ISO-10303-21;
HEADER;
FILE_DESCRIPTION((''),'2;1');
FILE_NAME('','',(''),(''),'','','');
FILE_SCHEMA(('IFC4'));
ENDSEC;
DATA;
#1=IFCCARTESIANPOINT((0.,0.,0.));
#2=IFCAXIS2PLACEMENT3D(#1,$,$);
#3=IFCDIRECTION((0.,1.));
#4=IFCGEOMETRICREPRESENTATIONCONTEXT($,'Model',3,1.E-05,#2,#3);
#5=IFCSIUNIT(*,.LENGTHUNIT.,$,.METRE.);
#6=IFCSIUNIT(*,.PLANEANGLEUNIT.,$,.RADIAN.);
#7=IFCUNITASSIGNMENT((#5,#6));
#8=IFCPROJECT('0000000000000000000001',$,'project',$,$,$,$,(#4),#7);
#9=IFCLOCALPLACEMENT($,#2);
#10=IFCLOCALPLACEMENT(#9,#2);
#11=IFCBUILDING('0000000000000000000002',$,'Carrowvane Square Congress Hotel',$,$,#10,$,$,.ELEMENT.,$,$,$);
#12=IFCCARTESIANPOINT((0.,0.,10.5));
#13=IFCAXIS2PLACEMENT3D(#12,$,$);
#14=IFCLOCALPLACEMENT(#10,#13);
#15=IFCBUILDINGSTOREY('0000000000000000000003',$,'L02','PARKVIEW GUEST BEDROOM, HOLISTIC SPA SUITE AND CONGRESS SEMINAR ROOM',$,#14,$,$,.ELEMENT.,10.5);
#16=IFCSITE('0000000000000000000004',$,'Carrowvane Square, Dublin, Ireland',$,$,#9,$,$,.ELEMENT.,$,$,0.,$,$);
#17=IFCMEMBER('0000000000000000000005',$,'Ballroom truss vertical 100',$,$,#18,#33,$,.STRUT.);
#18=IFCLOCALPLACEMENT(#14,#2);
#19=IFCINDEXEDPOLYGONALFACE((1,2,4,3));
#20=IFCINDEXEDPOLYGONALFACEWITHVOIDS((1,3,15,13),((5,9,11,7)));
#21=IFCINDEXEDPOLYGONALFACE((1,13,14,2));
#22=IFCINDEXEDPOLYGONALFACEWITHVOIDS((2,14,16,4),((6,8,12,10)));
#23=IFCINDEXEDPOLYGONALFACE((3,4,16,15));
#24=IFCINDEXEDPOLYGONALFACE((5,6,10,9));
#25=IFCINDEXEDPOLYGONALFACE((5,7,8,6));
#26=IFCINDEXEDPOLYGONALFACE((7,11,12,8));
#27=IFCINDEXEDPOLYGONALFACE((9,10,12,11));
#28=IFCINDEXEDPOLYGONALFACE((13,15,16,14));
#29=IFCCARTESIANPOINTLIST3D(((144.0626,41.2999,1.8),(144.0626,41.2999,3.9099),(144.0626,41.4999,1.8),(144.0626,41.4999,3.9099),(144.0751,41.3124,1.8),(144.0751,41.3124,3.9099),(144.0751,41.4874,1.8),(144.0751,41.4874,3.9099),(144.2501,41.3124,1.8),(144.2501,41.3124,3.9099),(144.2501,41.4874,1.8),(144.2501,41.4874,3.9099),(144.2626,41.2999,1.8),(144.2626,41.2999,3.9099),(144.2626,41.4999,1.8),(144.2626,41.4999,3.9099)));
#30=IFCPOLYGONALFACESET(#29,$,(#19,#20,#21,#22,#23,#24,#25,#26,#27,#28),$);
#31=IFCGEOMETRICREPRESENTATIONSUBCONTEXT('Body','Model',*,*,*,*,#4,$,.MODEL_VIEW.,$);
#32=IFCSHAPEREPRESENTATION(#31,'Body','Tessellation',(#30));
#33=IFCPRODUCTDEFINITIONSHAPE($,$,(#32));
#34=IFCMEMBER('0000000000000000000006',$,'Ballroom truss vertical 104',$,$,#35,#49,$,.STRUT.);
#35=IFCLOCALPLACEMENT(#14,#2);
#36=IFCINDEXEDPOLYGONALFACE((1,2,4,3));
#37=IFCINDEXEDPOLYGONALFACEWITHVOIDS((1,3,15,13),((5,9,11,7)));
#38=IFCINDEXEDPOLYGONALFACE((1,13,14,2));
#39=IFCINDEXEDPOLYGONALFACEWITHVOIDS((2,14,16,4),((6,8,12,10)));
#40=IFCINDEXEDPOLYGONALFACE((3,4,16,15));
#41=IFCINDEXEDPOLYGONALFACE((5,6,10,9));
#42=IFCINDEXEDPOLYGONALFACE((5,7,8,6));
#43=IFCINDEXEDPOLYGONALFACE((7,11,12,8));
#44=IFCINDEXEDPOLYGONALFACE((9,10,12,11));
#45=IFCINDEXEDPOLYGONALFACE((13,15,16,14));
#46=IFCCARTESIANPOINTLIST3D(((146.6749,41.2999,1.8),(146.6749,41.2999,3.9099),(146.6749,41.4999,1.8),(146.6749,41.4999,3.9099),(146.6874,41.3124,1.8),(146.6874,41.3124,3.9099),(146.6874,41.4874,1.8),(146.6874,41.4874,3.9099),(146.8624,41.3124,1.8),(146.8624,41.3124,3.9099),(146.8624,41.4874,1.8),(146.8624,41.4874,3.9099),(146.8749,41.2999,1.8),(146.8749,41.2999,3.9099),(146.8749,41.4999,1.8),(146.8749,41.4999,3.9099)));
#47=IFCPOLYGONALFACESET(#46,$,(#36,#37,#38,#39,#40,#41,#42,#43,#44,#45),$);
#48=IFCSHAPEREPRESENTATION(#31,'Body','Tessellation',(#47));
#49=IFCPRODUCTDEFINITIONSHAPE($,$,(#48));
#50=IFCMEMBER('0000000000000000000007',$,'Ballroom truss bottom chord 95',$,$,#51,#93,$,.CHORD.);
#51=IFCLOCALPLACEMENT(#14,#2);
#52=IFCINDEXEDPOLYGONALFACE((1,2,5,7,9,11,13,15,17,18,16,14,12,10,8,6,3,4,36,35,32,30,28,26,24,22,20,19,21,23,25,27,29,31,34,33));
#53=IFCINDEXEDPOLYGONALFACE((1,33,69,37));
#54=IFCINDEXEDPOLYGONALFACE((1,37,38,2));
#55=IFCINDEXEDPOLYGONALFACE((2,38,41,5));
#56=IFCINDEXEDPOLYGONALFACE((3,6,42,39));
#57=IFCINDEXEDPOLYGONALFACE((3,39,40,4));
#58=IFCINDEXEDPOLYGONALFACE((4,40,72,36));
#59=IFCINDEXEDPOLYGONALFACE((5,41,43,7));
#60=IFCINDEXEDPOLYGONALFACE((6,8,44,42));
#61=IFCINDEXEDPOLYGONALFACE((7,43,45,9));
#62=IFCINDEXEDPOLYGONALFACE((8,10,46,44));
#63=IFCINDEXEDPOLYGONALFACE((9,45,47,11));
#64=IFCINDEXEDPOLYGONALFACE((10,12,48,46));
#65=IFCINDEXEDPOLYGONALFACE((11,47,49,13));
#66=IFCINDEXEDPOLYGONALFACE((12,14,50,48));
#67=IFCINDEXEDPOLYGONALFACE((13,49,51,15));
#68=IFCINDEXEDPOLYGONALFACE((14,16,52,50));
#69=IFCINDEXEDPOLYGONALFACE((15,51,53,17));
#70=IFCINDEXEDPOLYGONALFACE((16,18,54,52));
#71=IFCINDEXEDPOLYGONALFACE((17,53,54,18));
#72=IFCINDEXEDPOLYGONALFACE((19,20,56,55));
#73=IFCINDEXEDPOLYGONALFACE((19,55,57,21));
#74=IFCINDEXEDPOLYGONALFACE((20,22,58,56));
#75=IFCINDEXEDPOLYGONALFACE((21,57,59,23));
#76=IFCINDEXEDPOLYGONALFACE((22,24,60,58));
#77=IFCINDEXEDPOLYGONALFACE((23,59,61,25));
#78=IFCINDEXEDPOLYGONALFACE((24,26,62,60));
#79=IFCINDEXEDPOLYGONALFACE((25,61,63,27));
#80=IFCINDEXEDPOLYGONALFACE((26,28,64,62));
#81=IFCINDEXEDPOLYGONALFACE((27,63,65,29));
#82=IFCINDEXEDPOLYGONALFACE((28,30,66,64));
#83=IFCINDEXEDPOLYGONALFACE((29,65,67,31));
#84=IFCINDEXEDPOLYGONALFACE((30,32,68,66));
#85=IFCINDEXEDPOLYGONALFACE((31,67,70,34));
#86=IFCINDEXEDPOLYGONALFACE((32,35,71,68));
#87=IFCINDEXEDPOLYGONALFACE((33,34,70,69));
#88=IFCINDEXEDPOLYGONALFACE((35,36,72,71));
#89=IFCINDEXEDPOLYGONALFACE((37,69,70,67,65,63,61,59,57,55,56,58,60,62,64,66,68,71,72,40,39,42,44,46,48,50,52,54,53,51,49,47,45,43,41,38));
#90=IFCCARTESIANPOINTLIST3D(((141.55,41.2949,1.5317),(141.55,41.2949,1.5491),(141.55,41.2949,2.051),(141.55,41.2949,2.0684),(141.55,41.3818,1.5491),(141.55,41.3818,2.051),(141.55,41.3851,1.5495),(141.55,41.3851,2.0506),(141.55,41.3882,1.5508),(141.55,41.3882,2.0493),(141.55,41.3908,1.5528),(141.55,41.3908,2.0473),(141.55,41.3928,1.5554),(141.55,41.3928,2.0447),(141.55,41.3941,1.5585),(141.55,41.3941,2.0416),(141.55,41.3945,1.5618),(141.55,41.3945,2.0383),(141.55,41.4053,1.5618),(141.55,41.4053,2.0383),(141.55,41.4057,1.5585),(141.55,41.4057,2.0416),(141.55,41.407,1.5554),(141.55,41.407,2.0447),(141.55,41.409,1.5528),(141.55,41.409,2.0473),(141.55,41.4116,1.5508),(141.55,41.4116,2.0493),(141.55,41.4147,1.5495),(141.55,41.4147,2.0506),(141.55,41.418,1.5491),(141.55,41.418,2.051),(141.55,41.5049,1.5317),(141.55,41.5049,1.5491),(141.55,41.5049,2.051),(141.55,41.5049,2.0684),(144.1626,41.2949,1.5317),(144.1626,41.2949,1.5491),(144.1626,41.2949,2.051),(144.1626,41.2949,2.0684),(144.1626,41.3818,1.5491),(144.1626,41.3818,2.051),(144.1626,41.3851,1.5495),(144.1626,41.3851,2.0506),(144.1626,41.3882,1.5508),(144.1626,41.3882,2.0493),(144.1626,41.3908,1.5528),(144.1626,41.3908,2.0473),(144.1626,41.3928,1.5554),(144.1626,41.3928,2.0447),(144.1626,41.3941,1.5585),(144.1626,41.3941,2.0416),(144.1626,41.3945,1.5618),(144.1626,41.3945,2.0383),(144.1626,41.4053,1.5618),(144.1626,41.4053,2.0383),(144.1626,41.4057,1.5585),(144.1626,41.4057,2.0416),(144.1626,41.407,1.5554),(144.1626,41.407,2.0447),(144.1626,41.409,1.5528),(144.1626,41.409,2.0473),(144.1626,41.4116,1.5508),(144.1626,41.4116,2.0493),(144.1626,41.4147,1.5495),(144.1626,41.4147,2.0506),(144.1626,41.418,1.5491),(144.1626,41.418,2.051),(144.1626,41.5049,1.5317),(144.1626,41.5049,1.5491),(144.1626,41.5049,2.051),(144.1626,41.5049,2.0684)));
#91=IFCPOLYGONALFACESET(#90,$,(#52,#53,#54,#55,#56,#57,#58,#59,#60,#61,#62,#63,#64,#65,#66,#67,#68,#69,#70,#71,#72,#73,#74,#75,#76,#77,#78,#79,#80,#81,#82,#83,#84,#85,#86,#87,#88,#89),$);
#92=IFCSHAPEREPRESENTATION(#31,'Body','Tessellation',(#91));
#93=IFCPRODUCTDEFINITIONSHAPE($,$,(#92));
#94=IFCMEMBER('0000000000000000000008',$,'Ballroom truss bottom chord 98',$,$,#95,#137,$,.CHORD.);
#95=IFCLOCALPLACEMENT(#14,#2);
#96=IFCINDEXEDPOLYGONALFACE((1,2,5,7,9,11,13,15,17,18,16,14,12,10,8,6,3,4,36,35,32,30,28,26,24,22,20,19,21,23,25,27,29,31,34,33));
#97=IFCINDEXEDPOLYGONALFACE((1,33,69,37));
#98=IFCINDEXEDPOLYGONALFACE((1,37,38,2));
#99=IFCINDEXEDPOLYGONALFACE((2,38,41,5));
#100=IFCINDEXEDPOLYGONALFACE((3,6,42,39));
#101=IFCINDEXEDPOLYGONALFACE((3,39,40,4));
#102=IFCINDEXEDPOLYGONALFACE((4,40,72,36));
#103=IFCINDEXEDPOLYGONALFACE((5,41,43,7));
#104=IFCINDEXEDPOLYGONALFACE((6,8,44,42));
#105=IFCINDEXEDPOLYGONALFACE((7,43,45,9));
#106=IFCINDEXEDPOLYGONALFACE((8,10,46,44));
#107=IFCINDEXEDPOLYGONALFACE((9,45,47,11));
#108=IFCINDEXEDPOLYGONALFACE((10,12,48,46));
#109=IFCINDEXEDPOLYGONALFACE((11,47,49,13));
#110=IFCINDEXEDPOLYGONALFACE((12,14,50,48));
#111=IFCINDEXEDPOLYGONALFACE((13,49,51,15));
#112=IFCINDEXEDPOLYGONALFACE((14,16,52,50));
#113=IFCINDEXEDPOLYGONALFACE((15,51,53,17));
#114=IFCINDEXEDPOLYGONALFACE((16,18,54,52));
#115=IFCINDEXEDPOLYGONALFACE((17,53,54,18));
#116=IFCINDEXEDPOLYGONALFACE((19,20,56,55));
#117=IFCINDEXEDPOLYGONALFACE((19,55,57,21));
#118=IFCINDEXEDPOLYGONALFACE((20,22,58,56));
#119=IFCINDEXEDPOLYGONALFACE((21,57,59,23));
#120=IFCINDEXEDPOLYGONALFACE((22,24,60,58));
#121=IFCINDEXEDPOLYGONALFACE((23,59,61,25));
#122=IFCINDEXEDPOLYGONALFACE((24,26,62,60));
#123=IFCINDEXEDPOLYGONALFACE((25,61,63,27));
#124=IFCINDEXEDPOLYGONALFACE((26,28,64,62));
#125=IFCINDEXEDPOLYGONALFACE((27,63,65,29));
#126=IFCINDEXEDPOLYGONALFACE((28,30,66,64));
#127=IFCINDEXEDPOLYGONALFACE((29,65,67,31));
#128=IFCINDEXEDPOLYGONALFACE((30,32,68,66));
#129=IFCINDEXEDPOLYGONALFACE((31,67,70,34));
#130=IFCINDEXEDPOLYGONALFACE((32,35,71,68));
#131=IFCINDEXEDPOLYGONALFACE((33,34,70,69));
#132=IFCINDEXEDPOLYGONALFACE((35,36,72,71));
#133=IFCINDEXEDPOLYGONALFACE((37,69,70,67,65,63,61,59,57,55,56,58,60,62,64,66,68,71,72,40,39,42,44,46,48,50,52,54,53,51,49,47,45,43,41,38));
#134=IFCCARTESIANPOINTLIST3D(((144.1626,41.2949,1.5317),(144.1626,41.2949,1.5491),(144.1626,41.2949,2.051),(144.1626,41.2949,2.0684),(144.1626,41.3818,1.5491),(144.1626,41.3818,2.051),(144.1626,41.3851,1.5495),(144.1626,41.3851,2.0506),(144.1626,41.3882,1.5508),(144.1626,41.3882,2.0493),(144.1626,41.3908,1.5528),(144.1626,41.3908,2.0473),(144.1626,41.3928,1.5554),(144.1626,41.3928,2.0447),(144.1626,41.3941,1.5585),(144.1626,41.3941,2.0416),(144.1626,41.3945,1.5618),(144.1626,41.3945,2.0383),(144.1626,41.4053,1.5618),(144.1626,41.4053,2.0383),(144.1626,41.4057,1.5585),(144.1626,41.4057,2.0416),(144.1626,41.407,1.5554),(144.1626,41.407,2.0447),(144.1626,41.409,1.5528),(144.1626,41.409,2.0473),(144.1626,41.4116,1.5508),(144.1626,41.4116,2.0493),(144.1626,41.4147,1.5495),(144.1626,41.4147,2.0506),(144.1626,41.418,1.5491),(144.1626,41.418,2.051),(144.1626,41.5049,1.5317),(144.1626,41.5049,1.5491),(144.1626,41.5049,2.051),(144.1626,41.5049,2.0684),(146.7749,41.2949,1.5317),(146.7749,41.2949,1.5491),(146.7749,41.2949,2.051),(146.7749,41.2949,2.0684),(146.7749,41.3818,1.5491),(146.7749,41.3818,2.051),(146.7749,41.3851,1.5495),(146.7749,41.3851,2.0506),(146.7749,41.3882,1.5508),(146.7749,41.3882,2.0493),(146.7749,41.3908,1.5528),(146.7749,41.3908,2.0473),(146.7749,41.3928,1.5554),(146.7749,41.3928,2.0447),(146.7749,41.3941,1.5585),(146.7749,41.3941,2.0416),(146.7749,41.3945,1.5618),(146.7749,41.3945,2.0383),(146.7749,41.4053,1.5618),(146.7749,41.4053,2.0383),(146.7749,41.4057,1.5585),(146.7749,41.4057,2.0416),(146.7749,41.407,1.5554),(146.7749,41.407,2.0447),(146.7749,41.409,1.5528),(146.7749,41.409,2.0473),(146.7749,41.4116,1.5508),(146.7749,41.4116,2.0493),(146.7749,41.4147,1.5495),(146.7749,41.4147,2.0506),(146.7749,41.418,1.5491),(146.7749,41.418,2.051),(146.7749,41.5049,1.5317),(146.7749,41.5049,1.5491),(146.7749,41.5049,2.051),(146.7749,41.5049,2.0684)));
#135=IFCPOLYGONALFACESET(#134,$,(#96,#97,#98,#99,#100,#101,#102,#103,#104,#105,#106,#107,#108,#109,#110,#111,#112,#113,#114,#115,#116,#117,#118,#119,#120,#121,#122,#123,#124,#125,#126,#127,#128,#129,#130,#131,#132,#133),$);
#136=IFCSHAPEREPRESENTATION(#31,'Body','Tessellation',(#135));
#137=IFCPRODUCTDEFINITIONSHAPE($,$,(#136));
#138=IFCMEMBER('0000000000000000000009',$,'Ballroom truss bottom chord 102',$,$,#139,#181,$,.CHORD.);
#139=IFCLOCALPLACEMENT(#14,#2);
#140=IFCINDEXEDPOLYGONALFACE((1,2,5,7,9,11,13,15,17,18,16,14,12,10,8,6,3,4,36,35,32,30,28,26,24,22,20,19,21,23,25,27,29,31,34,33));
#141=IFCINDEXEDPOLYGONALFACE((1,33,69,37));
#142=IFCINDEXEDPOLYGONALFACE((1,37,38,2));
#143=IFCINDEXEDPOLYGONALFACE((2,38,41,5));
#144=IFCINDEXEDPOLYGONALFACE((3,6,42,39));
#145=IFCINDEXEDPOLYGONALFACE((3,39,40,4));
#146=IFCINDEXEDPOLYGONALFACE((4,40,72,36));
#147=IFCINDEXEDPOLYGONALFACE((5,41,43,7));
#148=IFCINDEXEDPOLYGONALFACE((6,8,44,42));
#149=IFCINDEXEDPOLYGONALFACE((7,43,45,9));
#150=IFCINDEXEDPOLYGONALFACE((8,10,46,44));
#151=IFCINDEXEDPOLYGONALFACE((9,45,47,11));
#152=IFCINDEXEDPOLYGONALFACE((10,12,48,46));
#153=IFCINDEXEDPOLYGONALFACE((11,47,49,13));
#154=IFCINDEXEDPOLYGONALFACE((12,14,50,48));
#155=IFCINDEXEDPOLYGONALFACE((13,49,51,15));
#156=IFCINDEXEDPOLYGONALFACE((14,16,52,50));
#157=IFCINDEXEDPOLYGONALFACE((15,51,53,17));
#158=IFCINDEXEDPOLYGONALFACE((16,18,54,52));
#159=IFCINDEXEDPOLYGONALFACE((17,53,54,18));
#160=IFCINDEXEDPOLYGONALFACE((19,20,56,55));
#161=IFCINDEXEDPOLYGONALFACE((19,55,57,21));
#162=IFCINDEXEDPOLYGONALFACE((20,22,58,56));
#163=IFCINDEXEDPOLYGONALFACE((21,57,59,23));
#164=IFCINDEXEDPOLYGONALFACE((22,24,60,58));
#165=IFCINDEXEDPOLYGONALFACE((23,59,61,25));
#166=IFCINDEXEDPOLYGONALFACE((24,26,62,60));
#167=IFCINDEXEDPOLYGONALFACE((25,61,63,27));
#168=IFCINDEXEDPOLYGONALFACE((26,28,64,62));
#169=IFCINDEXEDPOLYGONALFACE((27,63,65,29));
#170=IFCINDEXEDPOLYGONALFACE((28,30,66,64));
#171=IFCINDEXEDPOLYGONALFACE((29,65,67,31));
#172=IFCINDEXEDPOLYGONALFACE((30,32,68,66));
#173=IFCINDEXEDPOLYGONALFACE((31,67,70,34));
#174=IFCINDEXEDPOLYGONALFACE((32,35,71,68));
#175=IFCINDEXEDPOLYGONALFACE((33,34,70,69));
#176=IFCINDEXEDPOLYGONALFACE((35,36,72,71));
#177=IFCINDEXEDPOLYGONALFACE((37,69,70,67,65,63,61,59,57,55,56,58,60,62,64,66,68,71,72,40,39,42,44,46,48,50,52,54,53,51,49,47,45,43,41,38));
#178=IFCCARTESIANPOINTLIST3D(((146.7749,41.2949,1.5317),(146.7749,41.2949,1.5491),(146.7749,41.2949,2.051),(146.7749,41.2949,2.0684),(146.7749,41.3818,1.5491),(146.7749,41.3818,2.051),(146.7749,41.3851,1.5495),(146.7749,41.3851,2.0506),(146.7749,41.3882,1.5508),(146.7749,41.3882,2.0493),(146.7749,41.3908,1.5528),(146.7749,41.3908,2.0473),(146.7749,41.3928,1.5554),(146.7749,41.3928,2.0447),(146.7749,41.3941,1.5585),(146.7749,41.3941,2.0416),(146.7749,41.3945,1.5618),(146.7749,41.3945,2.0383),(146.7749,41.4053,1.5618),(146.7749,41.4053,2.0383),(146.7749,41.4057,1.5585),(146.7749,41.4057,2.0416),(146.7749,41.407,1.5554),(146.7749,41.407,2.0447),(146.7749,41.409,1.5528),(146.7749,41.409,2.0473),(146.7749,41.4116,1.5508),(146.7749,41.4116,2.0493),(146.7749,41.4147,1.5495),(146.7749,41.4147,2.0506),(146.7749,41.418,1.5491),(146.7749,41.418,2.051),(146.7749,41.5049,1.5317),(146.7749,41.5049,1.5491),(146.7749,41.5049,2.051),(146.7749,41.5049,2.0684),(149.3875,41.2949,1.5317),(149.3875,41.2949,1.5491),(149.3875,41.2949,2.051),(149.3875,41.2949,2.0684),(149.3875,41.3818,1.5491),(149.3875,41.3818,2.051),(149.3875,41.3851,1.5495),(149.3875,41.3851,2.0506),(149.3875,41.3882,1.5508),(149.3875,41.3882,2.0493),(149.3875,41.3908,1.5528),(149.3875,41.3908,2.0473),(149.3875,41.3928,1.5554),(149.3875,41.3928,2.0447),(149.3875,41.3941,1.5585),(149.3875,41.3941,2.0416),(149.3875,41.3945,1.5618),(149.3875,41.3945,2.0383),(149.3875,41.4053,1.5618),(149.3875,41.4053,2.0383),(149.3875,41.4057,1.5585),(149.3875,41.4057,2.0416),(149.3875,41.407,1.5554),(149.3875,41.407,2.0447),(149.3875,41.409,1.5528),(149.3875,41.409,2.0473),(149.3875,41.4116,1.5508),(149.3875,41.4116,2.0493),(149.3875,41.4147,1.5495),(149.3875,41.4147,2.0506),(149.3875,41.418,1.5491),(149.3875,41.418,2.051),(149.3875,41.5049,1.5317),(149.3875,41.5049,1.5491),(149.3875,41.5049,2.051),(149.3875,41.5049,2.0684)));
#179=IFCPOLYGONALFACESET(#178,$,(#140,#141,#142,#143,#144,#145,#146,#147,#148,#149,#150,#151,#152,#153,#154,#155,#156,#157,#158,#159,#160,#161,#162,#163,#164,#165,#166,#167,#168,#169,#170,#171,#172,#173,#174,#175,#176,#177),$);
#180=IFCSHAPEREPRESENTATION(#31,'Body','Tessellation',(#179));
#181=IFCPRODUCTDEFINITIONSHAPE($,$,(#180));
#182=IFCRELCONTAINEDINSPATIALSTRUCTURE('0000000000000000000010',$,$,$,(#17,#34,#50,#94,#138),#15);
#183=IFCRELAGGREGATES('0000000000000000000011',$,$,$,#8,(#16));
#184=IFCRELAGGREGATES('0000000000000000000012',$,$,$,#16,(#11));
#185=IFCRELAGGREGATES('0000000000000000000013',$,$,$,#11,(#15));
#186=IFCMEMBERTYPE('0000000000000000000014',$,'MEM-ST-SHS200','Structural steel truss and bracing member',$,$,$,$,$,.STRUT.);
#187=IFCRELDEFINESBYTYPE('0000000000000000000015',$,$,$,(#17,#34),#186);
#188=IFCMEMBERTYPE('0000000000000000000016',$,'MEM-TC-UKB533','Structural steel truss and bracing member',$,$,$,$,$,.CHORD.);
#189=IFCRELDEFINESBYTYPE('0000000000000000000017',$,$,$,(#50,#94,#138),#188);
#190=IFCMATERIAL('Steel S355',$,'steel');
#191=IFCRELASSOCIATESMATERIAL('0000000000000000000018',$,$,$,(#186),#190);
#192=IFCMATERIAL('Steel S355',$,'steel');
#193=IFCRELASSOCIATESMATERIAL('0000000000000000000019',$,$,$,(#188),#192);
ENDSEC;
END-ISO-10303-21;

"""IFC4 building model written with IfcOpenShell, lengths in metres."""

from ifc_helpers import new_model, si_unit, direction, frame, origin, origin_2d, place, context, subcontext, project, spatial, hollow_rectangle, i_section, extrude, material, material_profile, profile_set, type_object, element, save


model = new_model("IFC4")

# Units and contexts
model_context = context("Model", 3, precision=1e-05, world=origin(), true_north=direction((0.0, 1.0)))
body_context = subcontext(model_context, "Body", "Model", "MODEL_VIEW")
ifc_project = project(units=[si_unit("LENGTHUNIT", "METRE"), si_unit("PLANEANGLEUNIT", "RADIAN")], contexts=[model_context])

# Site, building, storey
site_placement = place(None, origin())
site = spatial("IfcSite", under=ifc_project, at=site_placement, Name="Carrowvane Square, Dublin, Ireland", CompositionType="ELEMENT", RefElevation=0.0)
building_placement = place(site_placement, origin())
building = spatial("IfcBuilding", under=site, at=building_placement, Name="Carrowvane Square Congress Hotel", CompositionType="ELEMENT")
storey_placement = place(building_placement, frame((0.0, 0.0, 10.5)))
storey = spatial("IfcBuildingStorey", under=building, at=storey_placement, Name="L02", Description="PARKVIEW GUEST BEDROOM, HOLISTIC SPA SUITE AND CONGRESS SEMINAR ROOM", CompositionType="ELEMENT", Elevation=10.5)

# Members
ifc_material_1 = material(Name="Steel S355", Category="steel")
ifc_material_profile_1 = material_profile(ifc_material_1, hollow_rectangle(XDim=0.2, YDim=0.2, WallThickness=0.0125, at=origin_2d()), Name="SHS 200x200x12.5")
ifc_profile_set_1 = profile_set([ifc_material_profile_1], Name="Steel S355")
member_type_1 = type_object("IfcMemberType", Name="MEM-ST-SHS200", Description="Structural steel truss and bracing member", PredefinedType="STRUT", material=ifc_profile_set_1)
for number, where, z_axis, x_axis, name in (
    (1, (144.1626, 41.3999, 1.8), (0.0, 0.0, 1.0), (1.0, 0.0, 0.0), "Ballroom truss vertical 100"),
    (2, (146.7749, 41.3999, 1.8), (0.0, 0.0, 1.0), (1.0, 0.0, 0.0), "Ballroom truss vertical 104"),
):
    element("IfcMember", number, at=place(storey_placement, frame(where, z_axis=z_axis, x_axis=x_axis)), inside=storey, type_object=member_type_1, Name=name, PredefinedType="STRUT", context=body_context, shape_type="SweptSolid", body=[
        extrude(hollow_rectangle(XDim=0.2, YDim=0.2, WallThickness=0.0125, at=origin_2d()), origin(), (0.0, 0.0, 1.0), 2.1099),
    ])
ifc_material_2 = material(Name="Steel S355", Category="steel")
ifc_material_profile_2 = material_profile(ifc_material_2, i_section(OverallWidth=0.21, OverallDepth=0.5366, WebThickness=0.0107, FlangeThickness=0.0173, FilletRadius=0.0127, at=origin_2d()), Name="UKB 533x210x101")
ifc_profile_set_2 = profile_set([ifc_material_profile_2], Name="Steel S355")
member_type_2 = type_object("IfcMemberType", Name="MEM-TC-UKB533", Description="Structural steel truss and bracing member", PredefinedType="CHORD", material=ifc_profile_set_2)
member_1_placement = place(storey_placement, frame((141.55, 41.3999, 1.8), z_axis=(1.0, 0.0, 0.0), x_axis=(0.0, 1.0, 0.0)))
element("IfcMember", 3, at=member_1_placement, inside=storey, type_object=member_type_2, Name="Ballroom truss bottom chord 95", PredefinedType="CHORD", context=body_context, shape_type="SweptSolid", body=[
    extrude(i_section(OverallWidth=0.21, OverallDepth=0.5366, WebThickness=0.0107, FlangeThickness=0.0173, FilletRadius=0.0127, at=origin_2d()), origin(), (0.0, 0.0, 1.0), 2.6125),
])
member_2_placement = place(storey_placement, frame((144.1626, 41.3999, 1.8), z_axis=(1.0, 0.0, 0.0), x_axis=(0.0, 1.0, 0.0)))
element("IfcMember", 4, at=member_2_placement, inside=storey, type_object=member_type_2, Name="Ballroom truss bottom chord 98", PredefinedType="CHORD", context=body_context, shape_type="SweptSolid", body=[
    extrude(i_section(OverallWidth=0.21, OverallDepth=0.5366, WebThickness=0.0107, FlangeThickness=0.0173, FilletRadius=0.0127, at=origin_2d()), origin(), (0.0, 0.0, 1.0), 2.6123),
])
member_3_placement = place(storey_placement, frame((146.7749, 41.3999, 1.8), z_axis=(1.0, 0.0, 0.0), x_axis=(0.0, 1.0, 0.0)))
element("IfcMember", 5, at=member_3_placement, inside=storey, type_object=member_type_2, Name="Ballroom truss bottom chord 102", PredefinedType="CHORD", context=body_context, shape_type="SweptSolid", body=[
    extrude(i_section(OverallWidth=0.21, OverallDepth=0.5366, WebThickness=0.0107, FlangeThickness=0.0173, FilletRadius=0.0127, at=origin_2d()), origin(), (0.0, 0.0, 1.0), 2.6125),
])

save(model, "model.ifc")
